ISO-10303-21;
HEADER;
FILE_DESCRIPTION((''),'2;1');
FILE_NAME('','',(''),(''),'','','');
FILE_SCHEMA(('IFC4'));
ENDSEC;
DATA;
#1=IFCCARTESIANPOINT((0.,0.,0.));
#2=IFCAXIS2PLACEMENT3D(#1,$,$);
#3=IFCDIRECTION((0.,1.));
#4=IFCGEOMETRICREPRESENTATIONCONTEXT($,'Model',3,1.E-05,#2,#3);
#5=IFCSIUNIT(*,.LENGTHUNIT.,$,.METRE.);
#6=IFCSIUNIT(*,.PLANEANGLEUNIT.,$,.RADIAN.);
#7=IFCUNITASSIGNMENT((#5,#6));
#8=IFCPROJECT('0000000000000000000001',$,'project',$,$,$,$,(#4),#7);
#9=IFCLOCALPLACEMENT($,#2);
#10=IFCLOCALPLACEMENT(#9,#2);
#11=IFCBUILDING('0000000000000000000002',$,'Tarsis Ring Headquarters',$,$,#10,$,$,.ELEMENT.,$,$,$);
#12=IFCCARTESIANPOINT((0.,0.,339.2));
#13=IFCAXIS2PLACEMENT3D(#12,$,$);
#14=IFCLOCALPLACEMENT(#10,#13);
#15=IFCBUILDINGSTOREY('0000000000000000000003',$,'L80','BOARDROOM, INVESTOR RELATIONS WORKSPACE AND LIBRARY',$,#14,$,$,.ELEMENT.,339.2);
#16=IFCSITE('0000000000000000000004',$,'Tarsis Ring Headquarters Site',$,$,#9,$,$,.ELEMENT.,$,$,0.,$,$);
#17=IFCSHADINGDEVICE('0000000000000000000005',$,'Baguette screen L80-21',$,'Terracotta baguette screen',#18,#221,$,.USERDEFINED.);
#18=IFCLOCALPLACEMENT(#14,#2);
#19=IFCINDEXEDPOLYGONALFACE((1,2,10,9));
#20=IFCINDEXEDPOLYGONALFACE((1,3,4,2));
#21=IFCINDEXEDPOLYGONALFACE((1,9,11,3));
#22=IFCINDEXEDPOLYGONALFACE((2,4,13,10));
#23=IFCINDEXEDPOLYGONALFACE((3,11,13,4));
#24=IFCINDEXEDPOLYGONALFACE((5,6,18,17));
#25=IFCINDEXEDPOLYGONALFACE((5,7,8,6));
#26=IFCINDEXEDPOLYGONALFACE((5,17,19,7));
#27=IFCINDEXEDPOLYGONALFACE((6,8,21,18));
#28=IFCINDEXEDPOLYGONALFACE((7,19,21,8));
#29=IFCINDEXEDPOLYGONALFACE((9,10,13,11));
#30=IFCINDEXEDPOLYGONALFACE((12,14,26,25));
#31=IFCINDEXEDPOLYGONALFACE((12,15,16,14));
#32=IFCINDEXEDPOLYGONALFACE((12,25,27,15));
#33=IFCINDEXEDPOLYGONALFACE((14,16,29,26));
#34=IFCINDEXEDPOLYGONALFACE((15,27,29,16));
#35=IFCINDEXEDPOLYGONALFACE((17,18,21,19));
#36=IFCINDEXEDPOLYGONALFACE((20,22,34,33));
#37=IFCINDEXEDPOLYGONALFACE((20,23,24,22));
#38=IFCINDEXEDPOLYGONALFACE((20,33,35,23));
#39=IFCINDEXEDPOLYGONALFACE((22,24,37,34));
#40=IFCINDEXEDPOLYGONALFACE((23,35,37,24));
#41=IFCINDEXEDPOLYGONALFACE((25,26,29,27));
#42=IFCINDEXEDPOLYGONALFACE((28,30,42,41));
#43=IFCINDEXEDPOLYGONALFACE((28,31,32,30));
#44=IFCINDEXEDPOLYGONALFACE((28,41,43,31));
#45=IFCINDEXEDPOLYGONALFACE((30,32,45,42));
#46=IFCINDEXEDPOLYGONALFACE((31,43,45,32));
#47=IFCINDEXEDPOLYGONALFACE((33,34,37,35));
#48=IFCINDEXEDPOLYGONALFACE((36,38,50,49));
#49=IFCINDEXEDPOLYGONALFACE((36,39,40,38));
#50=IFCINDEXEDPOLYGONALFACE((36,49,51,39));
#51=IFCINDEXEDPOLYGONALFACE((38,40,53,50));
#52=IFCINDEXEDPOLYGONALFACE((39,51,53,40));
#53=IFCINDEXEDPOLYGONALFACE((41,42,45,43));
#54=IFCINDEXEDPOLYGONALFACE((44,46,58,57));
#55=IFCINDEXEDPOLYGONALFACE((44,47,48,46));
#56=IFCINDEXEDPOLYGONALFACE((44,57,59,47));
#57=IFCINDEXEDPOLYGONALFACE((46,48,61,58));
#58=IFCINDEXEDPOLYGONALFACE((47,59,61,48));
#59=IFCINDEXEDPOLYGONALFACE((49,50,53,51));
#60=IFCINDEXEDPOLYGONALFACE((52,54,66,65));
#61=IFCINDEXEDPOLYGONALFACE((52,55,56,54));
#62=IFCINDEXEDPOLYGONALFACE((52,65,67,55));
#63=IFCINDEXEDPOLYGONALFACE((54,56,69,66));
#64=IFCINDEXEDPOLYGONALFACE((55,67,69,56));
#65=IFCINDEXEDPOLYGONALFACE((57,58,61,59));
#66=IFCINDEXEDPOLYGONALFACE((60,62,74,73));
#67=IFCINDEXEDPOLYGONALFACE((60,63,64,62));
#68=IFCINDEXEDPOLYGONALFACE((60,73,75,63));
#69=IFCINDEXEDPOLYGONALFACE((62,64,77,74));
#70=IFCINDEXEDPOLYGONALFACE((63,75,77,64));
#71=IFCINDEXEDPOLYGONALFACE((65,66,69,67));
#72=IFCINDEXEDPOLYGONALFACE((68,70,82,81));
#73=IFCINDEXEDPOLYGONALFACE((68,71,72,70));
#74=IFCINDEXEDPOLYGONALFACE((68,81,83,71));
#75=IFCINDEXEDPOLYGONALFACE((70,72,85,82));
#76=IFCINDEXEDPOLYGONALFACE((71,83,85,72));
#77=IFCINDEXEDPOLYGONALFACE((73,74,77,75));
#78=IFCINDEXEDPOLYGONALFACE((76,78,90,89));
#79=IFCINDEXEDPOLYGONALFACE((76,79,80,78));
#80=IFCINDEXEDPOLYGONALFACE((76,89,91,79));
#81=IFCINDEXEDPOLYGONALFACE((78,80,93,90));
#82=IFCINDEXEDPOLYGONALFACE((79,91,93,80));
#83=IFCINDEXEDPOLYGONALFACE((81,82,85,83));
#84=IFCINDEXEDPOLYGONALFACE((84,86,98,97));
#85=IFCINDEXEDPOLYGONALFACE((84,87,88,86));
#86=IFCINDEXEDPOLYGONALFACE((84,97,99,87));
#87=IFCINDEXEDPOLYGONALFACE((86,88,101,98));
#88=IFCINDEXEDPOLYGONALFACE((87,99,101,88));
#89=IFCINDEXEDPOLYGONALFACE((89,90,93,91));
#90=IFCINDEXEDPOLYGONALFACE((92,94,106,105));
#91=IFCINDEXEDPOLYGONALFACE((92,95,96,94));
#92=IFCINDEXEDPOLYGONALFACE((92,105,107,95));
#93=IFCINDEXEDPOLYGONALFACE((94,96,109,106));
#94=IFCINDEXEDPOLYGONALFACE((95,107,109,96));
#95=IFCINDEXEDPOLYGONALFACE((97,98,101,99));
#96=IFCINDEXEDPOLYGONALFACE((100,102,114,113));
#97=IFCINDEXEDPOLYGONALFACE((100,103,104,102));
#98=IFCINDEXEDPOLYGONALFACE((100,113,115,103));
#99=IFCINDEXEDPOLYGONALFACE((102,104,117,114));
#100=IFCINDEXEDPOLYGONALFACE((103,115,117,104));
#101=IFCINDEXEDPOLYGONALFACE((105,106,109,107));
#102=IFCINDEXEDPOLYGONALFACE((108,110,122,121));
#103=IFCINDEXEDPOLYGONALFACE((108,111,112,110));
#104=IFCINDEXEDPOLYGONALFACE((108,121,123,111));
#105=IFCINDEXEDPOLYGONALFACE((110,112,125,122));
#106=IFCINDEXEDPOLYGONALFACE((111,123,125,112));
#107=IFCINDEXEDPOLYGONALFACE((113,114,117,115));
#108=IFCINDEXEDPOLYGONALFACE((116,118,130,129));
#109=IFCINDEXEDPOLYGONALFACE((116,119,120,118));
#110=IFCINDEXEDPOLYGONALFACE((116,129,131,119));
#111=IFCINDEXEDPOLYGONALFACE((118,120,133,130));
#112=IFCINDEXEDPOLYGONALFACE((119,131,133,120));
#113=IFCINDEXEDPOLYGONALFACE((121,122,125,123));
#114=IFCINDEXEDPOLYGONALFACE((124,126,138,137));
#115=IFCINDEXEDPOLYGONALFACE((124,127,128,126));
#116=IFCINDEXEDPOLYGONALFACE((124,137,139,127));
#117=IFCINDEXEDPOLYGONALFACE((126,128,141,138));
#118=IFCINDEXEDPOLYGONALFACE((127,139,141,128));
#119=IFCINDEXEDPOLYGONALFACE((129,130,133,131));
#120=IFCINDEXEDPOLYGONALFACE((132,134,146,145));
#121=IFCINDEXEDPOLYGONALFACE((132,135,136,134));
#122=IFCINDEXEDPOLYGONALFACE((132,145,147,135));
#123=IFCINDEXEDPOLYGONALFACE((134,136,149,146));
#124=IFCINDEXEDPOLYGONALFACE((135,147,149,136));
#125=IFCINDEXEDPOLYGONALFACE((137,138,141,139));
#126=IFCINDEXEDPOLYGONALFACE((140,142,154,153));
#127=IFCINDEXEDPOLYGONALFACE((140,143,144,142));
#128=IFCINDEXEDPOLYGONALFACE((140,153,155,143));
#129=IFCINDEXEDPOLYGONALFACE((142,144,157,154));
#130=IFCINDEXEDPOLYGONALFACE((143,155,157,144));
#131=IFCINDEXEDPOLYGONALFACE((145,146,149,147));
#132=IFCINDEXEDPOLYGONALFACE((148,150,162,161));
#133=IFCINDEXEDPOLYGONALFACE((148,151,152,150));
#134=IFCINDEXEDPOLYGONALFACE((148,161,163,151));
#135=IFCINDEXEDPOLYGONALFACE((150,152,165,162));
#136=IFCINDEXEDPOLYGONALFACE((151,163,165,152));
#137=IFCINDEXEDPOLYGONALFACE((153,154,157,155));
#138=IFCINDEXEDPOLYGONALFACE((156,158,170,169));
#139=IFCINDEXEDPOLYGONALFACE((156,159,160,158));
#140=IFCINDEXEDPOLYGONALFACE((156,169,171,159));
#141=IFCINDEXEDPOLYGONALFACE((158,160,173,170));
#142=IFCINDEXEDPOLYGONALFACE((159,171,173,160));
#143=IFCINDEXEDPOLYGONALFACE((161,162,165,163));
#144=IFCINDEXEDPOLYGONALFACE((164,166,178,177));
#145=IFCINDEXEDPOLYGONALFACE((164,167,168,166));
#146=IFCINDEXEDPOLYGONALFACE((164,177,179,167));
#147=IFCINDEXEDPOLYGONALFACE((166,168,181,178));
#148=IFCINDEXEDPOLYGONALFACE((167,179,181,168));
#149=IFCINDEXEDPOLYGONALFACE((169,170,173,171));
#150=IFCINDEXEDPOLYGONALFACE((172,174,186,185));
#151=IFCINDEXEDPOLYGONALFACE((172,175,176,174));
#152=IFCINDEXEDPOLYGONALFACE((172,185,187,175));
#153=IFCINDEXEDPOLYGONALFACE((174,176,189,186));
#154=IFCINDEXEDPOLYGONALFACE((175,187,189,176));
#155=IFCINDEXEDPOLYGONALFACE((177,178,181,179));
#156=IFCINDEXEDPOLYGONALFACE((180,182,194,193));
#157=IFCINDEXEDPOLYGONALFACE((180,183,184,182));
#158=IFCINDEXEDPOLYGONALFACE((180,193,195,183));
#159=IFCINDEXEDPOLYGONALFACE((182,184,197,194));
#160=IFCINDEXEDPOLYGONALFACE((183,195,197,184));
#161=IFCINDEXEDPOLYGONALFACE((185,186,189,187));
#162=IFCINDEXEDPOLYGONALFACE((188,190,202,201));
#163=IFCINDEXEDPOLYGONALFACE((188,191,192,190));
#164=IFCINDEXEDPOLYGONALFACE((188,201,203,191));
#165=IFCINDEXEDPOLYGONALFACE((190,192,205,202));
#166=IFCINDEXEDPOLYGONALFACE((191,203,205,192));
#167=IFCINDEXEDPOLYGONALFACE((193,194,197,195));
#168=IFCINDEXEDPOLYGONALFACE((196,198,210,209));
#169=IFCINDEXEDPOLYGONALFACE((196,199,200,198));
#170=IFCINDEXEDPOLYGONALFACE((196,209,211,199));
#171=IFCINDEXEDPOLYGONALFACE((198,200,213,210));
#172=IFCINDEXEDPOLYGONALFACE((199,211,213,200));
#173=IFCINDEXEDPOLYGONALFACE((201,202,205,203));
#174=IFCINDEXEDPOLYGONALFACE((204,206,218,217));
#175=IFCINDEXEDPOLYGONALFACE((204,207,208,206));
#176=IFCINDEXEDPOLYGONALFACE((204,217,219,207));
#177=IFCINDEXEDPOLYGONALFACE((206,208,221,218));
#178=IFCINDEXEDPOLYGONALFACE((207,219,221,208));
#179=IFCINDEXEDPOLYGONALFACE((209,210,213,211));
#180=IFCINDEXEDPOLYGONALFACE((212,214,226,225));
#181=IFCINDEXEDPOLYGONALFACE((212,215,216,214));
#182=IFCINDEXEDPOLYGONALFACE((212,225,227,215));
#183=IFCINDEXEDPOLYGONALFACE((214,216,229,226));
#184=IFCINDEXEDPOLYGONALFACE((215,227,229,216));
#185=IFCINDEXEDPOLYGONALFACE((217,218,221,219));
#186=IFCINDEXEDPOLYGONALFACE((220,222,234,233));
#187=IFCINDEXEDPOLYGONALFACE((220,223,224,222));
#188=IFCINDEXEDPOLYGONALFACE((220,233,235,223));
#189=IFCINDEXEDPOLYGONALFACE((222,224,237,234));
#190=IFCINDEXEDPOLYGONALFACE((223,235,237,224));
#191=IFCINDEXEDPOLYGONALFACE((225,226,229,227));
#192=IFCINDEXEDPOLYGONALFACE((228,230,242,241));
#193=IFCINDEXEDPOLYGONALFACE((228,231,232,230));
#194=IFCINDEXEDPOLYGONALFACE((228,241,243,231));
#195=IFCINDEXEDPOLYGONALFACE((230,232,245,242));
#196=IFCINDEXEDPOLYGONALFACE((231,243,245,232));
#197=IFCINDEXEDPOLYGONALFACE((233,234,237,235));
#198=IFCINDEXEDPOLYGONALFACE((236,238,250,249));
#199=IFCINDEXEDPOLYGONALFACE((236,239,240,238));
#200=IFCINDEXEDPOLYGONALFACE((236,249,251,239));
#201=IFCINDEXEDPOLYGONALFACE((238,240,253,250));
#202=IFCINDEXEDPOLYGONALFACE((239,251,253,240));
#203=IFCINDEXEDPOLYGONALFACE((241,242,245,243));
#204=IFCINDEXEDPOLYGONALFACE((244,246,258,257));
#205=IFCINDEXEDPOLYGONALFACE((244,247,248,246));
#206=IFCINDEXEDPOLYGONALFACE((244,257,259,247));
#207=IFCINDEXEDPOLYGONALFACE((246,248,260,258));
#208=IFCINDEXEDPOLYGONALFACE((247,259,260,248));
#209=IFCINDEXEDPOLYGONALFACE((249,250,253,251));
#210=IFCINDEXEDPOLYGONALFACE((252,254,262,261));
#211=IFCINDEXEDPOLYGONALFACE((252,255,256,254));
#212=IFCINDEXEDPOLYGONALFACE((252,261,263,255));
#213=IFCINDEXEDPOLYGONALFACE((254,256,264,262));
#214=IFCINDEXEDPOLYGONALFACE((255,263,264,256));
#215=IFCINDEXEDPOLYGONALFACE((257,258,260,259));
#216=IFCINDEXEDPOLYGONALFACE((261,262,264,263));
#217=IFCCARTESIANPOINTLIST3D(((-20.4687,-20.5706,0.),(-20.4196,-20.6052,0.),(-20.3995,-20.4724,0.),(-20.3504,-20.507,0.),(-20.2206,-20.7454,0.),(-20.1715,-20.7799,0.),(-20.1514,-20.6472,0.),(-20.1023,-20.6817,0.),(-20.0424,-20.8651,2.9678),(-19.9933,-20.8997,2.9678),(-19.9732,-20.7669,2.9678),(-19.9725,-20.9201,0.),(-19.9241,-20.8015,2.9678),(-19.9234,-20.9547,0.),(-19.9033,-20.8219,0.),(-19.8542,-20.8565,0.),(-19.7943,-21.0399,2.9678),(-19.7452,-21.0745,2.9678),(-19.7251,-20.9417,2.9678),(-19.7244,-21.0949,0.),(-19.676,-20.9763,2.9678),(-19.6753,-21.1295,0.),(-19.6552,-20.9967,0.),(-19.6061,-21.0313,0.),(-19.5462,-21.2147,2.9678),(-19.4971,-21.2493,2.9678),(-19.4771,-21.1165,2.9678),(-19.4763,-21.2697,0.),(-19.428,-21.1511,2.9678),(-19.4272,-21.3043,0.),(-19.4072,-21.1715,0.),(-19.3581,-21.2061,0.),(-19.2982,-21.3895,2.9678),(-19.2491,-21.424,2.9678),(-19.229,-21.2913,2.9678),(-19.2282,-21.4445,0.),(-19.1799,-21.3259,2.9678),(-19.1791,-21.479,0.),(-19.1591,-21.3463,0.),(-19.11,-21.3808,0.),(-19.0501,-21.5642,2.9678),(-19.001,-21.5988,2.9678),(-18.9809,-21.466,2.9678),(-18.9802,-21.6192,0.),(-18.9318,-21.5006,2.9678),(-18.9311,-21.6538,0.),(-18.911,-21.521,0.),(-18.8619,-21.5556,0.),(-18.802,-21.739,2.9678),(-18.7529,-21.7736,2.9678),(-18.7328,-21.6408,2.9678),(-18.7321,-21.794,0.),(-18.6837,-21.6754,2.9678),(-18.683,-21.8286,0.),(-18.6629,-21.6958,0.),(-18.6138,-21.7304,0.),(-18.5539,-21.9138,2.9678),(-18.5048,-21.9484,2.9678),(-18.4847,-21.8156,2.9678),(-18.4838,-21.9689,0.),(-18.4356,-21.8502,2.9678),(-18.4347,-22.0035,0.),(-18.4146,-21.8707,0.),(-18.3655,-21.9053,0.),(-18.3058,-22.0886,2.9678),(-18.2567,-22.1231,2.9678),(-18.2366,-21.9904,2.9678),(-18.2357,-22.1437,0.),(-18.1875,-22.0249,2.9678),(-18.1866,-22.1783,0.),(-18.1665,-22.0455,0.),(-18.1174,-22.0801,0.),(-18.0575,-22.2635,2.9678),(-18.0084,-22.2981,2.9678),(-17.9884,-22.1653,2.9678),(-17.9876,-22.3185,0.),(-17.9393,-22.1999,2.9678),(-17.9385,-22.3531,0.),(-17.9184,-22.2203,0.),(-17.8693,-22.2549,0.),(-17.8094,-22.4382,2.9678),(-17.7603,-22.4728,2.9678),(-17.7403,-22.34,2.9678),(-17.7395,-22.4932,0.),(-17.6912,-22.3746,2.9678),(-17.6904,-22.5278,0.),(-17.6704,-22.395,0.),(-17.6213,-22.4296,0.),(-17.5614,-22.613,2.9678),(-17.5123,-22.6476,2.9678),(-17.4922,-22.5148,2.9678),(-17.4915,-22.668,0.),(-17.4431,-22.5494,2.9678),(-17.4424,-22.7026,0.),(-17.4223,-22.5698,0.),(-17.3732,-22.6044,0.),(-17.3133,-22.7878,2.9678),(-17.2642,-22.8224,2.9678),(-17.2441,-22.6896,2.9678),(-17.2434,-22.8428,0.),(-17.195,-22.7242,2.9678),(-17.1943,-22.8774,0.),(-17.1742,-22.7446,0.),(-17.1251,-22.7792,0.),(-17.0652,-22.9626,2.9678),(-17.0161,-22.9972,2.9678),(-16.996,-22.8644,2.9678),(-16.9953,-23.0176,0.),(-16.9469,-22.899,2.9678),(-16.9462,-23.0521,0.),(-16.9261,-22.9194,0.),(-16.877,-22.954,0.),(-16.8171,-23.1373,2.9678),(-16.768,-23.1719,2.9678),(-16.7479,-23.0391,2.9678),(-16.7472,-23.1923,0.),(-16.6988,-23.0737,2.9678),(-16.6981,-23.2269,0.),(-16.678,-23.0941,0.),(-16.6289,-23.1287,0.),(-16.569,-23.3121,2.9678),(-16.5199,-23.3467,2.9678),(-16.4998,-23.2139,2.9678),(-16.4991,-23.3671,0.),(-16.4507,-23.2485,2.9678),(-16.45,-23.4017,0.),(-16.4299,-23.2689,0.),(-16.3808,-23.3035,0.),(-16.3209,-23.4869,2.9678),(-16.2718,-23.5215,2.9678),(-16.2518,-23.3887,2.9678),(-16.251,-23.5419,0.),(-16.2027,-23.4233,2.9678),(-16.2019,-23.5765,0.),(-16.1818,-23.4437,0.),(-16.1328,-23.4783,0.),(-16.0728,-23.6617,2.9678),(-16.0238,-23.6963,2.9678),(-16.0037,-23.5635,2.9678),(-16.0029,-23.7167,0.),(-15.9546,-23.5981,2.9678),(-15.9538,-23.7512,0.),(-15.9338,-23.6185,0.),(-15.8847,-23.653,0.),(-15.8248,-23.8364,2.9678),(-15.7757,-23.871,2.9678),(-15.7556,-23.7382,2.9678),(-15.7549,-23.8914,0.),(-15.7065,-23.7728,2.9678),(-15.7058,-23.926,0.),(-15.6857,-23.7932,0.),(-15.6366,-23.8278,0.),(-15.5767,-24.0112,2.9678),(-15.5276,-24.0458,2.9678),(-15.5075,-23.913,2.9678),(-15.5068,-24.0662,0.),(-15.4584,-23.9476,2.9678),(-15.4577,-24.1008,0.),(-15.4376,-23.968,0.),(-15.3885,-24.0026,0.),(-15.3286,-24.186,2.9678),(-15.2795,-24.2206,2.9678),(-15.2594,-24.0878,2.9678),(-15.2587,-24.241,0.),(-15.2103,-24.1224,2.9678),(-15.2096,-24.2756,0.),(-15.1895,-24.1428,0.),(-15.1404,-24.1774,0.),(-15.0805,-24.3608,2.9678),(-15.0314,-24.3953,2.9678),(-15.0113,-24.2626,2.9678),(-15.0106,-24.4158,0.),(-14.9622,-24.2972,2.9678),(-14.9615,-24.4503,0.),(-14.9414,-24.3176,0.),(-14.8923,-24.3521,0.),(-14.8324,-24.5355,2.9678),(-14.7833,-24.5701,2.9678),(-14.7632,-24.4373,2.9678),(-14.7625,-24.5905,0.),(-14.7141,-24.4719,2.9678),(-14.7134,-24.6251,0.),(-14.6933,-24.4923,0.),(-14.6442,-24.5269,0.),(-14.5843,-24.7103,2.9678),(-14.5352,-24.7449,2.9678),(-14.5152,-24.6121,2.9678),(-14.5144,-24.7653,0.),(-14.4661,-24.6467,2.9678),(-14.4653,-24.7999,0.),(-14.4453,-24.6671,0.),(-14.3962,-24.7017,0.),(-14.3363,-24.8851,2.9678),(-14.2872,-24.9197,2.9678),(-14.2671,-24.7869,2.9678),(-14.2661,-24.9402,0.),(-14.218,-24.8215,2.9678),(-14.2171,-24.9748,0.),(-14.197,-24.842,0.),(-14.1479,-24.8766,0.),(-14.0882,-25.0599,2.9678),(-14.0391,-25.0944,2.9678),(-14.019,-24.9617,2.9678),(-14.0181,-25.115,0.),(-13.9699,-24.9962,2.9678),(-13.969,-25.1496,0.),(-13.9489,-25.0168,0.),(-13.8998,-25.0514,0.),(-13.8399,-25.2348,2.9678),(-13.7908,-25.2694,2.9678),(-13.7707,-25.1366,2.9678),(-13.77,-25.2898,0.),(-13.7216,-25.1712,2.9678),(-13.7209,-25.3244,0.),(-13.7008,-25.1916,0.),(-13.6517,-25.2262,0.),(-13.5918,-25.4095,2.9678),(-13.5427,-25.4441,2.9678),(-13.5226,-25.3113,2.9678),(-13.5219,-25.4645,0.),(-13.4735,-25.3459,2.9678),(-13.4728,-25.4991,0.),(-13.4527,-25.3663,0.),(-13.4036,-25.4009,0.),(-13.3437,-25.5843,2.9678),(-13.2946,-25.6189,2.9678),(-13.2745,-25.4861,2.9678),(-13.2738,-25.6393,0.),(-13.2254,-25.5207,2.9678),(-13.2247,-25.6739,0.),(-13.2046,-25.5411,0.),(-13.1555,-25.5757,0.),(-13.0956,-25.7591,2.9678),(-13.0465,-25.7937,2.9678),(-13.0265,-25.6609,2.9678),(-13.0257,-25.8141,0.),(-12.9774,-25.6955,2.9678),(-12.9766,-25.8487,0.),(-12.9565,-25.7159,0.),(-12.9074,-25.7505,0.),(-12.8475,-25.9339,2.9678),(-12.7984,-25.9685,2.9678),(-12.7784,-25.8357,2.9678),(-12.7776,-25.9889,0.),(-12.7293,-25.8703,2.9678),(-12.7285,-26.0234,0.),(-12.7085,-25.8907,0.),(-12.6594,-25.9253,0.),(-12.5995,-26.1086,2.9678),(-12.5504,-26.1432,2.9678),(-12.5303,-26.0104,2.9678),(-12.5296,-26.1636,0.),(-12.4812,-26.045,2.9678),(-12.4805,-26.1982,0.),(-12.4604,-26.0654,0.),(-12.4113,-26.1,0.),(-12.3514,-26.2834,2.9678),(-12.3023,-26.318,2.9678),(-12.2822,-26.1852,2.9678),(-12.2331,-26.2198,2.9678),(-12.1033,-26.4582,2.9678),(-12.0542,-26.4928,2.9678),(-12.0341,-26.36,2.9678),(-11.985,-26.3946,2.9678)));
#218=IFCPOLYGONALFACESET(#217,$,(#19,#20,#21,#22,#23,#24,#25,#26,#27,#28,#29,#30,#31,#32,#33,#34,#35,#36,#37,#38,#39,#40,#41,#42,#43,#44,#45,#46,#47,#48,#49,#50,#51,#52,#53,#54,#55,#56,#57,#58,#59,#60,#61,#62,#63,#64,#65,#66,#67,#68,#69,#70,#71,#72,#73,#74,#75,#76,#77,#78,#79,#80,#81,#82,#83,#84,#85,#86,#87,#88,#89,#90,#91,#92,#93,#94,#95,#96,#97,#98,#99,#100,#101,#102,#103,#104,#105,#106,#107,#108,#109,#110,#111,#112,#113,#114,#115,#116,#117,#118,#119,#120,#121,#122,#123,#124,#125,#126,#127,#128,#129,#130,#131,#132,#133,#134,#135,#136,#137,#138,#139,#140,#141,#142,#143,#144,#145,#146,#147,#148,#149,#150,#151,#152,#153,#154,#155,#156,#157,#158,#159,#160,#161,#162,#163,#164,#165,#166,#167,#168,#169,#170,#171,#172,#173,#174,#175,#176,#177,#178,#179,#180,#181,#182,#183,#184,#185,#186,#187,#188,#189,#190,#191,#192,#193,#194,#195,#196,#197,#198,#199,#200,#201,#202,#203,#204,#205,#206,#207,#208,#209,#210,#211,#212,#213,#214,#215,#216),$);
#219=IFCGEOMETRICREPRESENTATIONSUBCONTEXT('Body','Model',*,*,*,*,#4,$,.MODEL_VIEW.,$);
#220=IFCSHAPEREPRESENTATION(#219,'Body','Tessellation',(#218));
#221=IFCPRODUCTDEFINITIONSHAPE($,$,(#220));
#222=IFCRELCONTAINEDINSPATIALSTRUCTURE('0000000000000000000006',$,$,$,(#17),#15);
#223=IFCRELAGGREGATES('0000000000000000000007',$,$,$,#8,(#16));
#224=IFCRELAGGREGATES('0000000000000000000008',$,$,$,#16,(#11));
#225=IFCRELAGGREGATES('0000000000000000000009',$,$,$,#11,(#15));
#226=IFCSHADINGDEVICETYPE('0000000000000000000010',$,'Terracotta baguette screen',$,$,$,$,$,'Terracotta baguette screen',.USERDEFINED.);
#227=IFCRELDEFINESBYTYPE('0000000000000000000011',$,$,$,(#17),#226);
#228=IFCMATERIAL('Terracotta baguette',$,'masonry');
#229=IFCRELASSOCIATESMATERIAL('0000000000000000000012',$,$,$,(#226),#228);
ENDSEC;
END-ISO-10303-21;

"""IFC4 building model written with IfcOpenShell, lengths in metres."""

from ifc_helpers import new_model, si_unit, direction, frame, frame_2d, origin, place, context, subcontext, project, spatial, rectangle, composite_profile, extrude, material, type_object, element, save


model = new_model("IFC4")

# Units and contexts
model_context = context("Model", 3, precision=1e-05, world=origin(), true_north=direction((0.0, 1.0)))
body_context = subcontext(model_context, "Body", "Model", "MODEL_VIEW")
ifc_project = project(units=[si_unit("LENGTHUNIT", "METRE"), si_unit("PLANEANGLEUNIT", "RADIAN")], contexts=[model_context])

# Site, building, storey
site_placement = place(None, origin())
site = spatial("IfcSite", under=ifc_project, at=site_placement, Name="Tarsis Ring Headquarters Site", CompositionType="ELEMENT", RefElevation=0.0)
building_placement = place(site_placement, origin())
building = spatial("IfcBuilding", under=site, at=building_placement, Name="Tarsis Ring Headquarters", CompositionType="ELEMENT")
storey_placement = place(building_placement, frame((0.0, 0.0, 339.2)))
storey = spatial("IfcBuildingStorey", under=building, at=storey_placement, Name="L80", Description="BOARDROOM, INVESTOR RELATIONS WORKSPACE AND LIBRARY", CompositionType="ELEMENT", Elevation=339.2)

# Shading device
ifc_material_1 = material(Name="Terracotta baguette", Category="masonry")
shading_device_type = type_object("IfcShadingDeviceType", Name="Terracotta baguette screen", ElementType="Terracotta baguette screen", PredefinedType="USERDEFINED", material=ifc_material_1)
shading_device_1_placement = place(storey_placement, frame((-20.4341, -20.5215, 0.0), z_axis=(0.0, 0.0, 1.0), x_axis=(0.817509, -0.575929, 0.0)))
element("IfcShadingDevice", 1, at=shading_device_1_placement, inside=storey, type_object=shading_device_type, Name="Baguette screen L80-21", ObjectType="Terracotta baguette screen", PredefinedType="USERDEFINED", context=body_context, shape_type="SweptSolid", body=[
    extrude(composite_profile([rectangle(XDim=0.0601, YDim=0.1201, at=frame_2d((0.03, 0.0))), rectangle(XDim=0.0601, YDim=0.1201, at=frame_2d((0.3335, 0.0))), rectangle(XDim=0.0601, YDim=0.1201, at=frame_2d((0.637, 0.0))), rectangle(XDim=0.0601, YDim=0.1201, at=frame_2d((0.9404, 0.0))), rectangle(XDim=0.0601, YDim=0.1201, at=frame_2d((1.2439, 0.0))), rectangle(XDim=0.0601, YDim=0.1201, at=frame_2d((1.5474, 0.0))), rectangle(XDim=0.0601, YDim=0.1201, at=frame_2d((1.8508, 0.0))), rectangle(XDim=0.0601, YDim=0.1201, at=frame_2d((2.1543, 0.0))), rectangle(XDim=0.0601, YDim=0.1201, at=frame_2d((2.458, 0.0))), rectangle(XDim=0.0601, YDim=0.1201, at=frame_2d((2.7615, 0.0))), rectangle(XDim=0.0601, YDim=0.1201, at=frame_2d((3.0649, 0.0))), rectangle(XDim=0.0601, YDim=0.1201, at=frame_2d((3.3684, 0.0))), rectangle(XDim=0.0601, YDim=0.1201, at=frame_2d((3.6719, 0.0))), rectangle(XDim=0.0601, YDim=0.1201, at=frame_2d((3.9753, 0.0))), rectangle(XDim=0.0601, YDim=0.1201, at=frame_2d((4.2788, 0.0))), rectangle(XDim=0.0601, YDim=0.1201, at=frame_2d((4.5823, 0.0))), rectangle(XDim=0.0601, YDim=0.1201, at=frame_2d((4.8857, 0.0))), rectangle(XDim=0.0601, YDim=0.1201, at=frame_2d((5.1892, 0.0))), rectangle(XDim=0.0601, YDim=0.1201, at=frame_2d((5.4927, 0.0))), rectangle(XDim=0.0601, YDim=0.1201, at=frame_2d((5.7961, 0.0))), rectangle(XDim=0.0601, YDim=0.1201, at=frame_2d((6.0996, 0.0))), rectangle(XDim=0.0601, YDim=0.1201, at=frame_2d((6.4031, 0.0))), rectangle(XDim=0.0601, YDim=0.1201, at=frame_2d((6.7065, 0.0))), rectangle(XDim=0.0601, YDim=0.1201, at=frame_2d((7.01, 0.0))), rectangle(XDim=0.0601, YDim=0.1201, at=frame_2d((7.3135, 0.0))), rectangle(XDim=0.0601, YDim=0.1201, at=frame_2d((7.6172, 0.0))), rectangle(XDim=0.0601, YDim=0.1201, at=frame_2d((7.9207, 0.0))), rectangle(XDim=0.0601, YDim=0.1201, at=frame_2d((8.2241, 0.0))), rectangle(XDim=0.0601, YDim=0.1201, at=frame_2d((8.5276, 0.0))), rectangle(XDim=0.0601, YDim=0.1201, at=frame_2d((8.8311, 0.0))), rectangle(XDim=0.0601, YDim=0.1201, at=frame_2d((9.1345, 0.0))), rectangle(XDim=0.0601, YDim=0.1201, at=frame_2d((9.438, 0.0))), rectangle(XDim=0.0601, YDim=0.1201, at=frame_2d((9.7415, 0.0)))]), origin(), (0.171976, 0.001559, 0.9851), 3.0127),
])

save(model, "model.ifc")
